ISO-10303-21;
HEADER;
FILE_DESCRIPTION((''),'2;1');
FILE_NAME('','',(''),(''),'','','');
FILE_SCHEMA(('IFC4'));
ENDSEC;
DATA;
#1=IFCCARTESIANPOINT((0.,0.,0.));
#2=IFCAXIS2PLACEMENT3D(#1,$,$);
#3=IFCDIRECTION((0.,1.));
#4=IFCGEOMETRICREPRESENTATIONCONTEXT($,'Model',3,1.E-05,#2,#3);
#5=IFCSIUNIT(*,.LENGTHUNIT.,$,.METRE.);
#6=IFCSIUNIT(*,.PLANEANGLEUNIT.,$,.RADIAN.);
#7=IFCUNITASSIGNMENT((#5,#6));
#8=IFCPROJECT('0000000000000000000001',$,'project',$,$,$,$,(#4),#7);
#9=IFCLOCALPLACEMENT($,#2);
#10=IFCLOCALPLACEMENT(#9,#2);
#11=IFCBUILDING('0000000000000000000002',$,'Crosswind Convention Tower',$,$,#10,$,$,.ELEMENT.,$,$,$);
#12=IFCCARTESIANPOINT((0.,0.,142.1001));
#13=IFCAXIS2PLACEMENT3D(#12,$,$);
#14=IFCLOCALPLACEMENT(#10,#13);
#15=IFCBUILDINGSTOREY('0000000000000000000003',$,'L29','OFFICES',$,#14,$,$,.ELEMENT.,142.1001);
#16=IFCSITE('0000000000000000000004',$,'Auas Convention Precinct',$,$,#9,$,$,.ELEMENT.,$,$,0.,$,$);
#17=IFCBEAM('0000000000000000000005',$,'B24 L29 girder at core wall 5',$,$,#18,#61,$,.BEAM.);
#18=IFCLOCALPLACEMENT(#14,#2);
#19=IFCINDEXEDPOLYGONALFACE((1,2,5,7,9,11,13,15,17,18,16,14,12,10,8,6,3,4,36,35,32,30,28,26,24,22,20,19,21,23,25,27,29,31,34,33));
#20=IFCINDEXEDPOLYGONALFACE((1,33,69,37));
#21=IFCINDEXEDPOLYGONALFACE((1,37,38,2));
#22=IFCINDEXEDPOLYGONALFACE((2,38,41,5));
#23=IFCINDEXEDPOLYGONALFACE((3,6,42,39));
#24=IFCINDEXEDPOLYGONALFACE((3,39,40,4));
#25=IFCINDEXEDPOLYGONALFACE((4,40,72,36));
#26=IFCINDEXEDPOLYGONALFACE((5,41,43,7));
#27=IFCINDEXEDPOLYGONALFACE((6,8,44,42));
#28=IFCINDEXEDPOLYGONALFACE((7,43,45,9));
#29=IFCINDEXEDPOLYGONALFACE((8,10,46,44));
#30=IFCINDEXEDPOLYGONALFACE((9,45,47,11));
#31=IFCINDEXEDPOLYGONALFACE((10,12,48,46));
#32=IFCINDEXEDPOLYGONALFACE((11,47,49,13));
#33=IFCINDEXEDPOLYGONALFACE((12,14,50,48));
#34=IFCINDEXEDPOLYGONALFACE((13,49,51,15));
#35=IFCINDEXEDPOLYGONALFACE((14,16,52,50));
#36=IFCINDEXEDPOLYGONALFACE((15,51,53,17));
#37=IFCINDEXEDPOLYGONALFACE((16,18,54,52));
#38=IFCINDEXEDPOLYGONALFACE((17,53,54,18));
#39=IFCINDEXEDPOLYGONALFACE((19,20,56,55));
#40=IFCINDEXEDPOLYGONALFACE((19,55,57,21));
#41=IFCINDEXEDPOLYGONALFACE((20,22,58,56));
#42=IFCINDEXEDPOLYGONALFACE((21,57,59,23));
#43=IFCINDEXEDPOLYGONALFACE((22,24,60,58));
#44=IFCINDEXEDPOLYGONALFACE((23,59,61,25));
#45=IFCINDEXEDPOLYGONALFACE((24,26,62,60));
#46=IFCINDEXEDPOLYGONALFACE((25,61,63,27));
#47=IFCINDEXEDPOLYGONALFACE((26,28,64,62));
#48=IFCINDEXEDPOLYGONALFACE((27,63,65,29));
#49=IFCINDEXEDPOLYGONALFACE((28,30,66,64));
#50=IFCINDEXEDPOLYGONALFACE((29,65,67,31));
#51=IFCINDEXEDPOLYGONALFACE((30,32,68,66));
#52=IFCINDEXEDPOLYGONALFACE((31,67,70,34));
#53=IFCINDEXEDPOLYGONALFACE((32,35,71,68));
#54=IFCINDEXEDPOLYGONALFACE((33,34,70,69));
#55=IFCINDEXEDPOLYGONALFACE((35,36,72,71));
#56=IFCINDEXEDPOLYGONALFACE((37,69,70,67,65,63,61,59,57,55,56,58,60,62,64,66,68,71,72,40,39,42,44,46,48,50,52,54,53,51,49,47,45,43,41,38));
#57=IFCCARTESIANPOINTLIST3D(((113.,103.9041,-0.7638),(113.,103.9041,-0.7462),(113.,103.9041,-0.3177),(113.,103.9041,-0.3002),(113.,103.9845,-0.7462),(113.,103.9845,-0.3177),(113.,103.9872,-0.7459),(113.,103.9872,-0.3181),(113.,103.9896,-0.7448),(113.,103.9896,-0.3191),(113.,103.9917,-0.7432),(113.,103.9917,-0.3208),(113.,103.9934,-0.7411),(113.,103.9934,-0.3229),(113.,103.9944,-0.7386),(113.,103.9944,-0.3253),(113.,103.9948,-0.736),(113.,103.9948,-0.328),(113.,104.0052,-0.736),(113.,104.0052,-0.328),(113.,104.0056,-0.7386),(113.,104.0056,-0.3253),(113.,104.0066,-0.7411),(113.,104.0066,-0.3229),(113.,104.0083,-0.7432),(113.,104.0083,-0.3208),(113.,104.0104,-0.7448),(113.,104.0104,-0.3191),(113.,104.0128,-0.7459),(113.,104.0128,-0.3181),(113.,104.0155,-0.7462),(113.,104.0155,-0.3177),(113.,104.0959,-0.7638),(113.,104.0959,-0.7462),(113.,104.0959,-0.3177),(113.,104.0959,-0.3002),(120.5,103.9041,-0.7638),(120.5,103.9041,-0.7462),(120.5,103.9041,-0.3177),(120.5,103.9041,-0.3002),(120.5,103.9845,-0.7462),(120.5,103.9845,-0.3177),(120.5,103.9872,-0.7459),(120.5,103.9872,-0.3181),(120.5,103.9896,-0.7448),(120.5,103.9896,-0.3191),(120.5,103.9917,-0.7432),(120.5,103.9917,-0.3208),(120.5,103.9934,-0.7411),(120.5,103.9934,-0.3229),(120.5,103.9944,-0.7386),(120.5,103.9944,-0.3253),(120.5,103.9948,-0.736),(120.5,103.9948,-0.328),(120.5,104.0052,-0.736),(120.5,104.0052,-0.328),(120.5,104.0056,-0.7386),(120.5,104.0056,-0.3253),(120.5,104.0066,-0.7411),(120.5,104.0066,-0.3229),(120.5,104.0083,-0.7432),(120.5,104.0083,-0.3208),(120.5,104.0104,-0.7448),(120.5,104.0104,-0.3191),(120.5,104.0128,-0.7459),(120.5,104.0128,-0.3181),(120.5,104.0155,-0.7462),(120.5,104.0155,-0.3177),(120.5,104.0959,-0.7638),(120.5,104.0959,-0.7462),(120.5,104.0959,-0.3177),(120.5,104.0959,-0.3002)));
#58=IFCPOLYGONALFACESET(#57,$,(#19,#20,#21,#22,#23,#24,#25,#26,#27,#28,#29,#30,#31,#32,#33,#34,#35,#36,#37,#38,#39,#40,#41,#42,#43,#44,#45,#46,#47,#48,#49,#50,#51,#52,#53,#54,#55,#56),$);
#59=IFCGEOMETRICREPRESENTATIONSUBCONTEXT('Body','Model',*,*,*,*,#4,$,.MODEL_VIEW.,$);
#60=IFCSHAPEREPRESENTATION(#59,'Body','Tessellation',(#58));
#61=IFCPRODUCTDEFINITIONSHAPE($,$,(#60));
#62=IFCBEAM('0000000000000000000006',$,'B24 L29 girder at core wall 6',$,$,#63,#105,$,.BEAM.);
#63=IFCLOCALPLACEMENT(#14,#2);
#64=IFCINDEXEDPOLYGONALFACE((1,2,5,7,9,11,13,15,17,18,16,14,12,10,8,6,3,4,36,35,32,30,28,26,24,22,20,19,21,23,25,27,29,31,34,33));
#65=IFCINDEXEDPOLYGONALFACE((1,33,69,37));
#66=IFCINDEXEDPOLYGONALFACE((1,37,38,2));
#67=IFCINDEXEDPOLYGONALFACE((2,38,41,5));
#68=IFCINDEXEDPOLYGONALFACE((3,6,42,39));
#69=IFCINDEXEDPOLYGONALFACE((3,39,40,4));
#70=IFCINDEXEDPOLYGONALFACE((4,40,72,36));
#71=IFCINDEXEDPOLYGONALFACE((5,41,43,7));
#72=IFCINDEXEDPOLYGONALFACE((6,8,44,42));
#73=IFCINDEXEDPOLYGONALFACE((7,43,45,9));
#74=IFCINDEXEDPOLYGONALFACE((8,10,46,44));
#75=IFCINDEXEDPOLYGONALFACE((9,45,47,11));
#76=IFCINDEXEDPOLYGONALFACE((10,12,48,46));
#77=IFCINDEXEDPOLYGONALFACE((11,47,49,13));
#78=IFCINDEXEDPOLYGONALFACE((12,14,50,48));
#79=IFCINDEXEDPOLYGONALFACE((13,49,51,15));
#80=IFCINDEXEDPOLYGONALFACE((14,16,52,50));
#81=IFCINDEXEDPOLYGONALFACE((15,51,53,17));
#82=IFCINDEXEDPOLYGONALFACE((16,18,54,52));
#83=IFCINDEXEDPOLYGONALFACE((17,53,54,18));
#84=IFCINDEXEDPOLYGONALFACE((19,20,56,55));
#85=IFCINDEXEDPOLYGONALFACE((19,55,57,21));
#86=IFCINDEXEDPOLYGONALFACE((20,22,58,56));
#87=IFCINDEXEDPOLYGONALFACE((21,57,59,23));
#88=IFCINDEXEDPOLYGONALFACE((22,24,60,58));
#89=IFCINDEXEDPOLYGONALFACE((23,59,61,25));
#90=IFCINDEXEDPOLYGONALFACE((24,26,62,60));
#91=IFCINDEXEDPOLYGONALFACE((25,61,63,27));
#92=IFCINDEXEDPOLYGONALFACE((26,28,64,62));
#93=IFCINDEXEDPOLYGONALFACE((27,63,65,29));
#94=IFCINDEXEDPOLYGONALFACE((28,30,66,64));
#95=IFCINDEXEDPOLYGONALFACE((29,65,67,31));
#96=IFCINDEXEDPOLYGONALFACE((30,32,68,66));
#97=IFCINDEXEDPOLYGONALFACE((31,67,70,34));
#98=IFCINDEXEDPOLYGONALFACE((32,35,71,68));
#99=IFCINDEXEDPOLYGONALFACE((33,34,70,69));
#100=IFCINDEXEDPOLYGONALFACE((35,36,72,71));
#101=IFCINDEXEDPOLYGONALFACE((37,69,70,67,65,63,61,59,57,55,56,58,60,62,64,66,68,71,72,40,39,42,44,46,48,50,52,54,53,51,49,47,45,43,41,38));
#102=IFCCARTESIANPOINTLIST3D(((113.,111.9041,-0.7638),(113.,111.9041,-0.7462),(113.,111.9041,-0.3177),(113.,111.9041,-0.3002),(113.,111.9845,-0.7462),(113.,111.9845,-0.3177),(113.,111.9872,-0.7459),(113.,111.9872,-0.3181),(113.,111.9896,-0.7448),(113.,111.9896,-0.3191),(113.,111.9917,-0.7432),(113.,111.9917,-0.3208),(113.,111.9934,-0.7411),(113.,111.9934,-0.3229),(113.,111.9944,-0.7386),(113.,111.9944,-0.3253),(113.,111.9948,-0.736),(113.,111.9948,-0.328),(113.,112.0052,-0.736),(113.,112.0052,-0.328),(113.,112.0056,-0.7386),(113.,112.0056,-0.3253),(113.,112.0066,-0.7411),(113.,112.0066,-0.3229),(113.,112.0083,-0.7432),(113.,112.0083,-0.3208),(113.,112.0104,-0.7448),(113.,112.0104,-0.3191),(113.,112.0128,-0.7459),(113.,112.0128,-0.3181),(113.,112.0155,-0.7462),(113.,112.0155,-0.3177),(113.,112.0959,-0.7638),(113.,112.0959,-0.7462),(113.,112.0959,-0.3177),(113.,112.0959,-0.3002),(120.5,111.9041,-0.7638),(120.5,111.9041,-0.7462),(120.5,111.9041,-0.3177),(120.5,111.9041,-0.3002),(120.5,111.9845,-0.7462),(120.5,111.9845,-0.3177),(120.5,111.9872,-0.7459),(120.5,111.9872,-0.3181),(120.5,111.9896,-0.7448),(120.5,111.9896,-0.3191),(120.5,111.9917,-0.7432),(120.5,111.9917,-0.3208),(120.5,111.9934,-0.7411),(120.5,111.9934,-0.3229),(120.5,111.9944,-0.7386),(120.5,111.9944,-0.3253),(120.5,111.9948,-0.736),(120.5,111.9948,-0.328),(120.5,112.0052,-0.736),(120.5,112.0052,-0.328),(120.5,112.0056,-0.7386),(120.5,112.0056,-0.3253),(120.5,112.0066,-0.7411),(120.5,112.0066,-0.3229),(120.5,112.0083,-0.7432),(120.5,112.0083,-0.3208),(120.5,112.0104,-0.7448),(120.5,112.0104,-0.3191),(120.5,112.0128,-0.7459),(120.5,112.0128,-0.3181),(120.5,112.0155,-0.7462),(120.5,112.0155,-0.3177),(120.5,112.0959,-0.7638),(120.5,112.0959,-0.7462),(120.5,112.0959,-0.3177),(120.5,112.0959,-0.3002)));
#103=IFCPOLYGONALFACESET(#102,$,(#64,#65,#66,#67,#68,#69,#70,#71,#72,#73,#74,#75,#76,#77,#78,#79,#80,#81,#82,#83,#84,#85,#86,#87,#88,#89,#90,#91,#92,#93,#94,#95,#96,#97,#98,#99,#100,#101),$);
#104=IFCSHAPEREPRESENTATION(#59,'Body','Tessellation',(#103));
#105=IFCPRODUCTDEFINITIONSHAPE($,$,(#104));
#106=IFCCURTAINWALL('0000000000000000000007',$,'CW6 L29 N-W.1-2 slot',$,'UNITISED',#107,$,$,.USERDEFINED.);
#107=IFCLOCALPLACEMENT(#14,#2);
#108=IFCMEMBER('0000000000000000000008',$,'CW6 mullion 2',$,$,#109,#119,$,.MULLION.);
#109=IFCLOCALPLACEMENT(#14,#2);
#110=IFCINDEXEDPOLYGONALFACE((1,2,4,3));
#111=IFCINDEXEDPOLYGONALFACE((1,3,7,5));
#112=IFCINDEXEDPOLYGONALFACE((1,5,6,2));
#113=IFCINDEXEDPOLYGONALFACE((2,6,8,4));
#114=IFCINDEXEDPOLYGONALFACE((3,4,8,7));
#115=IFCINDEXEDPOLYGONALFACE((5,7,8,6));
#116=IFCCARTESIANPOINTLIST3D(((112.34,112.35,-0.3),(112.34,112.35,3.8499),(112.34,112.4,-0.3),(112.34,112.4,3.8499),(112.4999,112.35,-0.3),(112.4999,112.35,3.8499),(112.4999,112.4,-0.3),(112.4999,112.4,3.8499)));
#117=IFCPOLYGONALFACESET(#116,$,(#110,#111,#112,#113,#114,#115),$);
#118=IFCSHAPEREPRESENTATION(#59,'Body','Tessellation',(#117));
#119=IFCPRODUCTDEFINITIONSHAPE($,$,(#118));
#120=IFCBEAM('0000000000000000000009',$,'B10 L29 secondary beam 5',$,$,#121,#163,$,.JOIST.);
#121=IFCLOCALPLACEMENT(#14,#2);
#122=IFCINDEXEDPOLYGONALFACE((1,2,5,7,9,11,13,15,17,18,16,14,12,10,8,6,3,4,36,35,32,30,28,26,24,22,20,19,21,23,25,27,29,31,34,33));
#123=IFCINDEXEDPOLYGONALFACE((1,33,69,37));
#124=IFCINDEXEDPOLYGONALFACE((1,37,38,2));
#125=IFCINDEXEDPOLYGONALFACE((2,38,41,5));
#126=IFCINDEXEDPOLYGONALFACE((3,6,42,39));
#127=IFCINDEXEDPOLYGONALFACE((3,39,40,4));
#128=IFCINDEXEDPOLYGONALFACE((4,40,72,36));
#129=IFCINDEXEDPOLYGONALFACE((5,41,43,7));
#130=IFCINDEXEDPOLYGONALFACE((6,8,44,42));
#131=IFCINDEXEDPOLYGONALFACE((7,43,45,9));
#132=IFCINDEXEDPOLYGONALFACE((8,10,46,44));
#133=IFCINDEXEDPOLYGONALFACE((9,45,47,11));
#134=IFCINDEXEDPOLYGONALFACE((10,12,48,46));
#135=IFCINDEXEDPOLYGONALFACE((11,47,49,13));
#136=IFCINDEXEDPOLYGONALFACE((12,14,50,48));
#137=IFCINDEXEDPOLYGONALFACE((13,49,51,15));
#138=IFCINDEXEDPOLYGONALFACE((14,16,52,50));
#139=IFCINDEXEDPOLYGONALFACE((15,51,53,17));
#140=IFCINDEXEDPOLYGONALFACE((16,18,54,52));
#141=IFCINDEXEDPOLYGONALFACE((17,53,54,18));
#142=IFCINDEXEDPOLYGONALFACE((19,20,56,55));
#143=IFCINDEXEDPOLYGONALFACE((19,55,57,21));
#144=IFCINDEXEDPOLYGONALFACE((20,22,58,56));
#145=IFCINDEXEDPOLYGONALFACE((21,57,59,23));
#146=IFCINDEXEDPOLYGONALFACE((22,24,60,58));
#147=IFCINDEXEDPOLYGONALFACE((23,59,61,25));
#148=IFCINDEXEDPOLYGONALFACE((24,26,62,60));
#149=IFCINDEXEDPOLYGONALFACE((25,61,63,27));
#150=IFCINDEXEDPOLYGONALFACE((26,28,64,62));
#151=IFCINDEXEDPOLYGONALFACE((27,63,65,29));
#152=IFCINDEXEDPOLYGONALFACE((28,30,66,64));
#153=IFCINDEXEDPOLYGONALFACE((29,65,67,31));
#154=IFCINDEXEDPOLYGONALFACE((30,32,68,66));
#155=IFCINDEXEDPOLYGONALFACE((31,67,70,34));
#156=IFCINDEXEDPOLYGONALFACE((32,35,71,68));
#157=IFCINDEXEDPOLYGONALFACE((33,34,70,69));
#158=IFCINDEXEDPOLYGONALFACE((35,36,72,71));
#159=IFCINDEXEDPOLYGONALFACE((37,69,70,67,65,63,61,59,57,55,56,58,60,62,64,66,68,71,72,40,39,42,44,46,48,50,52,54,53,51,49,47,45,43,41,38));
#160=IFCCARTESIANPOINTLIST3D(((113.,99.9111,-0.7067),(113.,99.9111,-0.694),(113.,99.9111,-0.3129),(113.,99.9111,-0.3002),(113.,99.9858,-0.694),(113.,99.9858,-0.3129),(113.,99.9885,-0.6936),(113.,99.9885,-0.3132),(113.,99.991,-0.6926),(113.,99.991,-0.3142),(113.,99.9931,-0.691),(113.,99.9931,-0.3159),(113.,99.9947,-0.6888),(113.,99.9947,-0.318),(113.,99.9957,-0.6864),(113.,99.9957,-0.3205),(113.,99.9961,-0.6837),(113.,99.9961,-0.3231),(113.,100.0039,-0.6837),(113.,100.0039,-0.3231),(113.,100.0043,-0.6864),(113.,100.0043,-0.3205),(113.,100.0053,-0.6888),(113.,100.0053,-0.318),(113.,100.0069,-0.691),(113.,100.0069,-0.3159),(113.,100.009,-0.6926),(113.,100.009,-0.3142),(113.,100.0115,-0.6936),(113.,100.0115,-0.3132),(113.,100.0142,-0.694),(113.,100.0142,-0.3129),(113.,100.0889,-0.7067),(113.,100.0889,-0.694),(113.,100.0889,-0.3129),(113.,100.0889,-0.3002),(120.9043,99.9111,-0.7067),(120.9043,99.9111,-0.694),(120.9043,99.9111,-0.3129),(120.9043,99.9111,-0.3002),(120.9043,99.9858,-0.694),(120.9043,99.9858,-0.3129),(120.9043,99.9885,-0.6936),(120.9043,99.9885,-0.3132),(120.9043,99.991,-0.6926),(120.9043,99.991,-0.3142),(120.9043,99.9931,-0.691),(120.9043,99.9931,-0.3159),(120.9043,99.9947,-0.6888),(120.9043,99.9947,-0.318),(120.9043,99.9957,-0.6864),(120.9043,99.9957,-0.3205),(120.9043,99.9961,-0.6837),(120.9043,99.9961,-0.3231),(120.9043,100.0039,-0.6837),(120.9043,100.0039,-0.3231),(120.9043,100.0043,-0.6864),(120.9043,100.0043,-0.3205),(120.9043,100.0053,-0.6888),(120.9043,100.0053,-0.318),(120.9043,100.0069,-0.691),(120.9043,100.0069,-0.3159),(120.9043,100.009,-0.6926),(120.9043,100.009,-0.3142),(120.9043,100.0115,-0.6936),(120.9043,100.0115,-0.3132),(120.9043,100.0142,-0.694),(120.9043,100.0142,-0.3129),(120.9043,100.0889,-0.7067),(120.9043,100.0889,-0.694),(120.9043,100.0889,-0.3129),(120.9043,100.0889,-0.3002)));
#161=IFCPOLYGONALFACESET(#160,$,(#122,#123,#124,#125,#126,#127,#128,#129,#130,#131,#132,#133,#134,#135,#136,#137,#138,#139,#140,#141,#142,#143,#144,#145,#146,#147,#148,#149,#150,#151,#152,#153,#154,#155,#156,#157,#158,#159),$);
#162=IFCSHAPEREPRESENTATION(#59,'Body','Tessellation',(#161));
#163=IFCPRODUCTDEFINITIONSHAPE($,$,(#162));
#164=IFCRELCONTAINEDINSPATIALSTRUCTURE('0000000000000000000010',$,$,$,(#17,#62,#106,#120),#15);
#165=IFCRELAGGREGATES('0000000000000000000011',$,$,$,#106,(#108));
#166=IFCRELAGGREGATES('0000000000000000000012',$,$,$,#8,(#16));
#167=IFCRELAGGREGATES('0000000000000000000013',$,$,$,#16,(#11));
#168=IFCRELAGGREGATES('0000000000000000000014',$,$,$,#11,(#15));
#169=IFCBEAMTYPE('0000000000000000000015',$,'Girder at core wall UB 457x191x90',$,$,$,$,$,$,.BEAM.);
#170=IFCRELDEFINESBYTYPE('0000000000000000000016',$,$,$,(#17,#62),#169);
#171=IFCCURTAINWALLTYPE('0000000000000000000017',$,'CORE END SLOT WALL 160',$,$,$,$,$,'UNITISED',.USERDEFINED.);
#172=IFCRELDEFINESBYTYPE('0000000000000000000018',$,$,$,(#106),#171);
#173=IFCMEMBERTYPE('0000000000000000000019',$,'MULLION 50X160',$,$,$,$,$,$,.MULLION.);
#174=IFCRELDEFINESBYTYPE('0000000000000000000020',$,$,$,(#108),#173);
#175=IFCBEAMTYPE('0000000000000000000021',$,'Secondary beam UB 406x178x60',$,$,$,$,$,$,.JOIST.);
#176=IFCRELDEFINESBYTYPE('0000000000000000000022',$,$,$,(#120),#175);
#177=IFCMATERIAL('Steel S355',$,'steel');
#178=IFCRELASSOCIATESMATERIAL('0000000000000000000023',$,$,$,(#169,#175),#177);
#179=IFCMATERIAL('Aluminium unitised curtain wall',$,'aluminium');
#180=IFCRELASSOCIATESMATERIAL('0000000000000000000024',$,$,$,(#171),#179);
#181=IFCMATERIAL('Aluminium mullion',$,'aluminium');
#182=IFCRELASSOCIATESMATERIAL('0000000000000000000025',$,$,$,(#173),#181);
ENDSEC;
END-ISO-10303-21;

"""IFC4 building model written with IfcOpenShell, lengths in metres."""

from ifc_helpers import new_model, si_unit, direction, frame, origin, origin_2d, place, context, subcontext, project, spatial, rectangle, i_section, extrude, material, material_profile, profile_set, type_object, element, aggregate, save


model = new_model("IFC4")

# Units and contexts
model_context = context("Model", 3, precision=1e-05, world=origin(), true_north=direction((0.0, 1.0)))
body_context = subcontext(model_context, "Body", "Model", "MODEL_VIEW")
ifc_project = project(units=[si_unit("LENGTHUNIT", "METRE"), si_unit("PLANEANGLEUNIT", "RADIAN")], contexts=[model_context])

# Site, building, storey
site_placement = place(None, origin())
site = spatial("IfcSite", under=ifc_project, at=site_placement, Name="Auas Convention Precinct", CompositionType="ELEMENT", RefElevation=0.0)
building_placement = place(site_placement, origin())
building = spatial("IfcBuilding", under=site, at=building_placement, Name="Crosswind Convention Tower", CompositionType="ELEMENT")
storey_placement = place(building_placement, frame((0.0, 0.0, 142.1001)))
storey = spatial("IfcBuildingStorey", under=building, at=storey_placement, Name="L29", Description="OFFICES", CompositionType="ELEMENT", Elevation=142.1001)

# Beams
ifc_material_1 = material(Name="Steel S355", Category="steel")
ifc_material_profile_1 = material_profile(ifc_material_1, i_section(OverallWidth=0.1919, OverallDepth=0.4636, WebThickness=0.0105, FlangeThickness=0.0176, FilletRadius=0.0103, at=origin_2d()), Name="UB 457x191x90")
ifc_profile_set_1 = profile_set([ifc_material_profile_1], Name="Steel S355")
beam_type_1 = type_object("IfcBeamType", Name="Girder at core wall UB 457x191x90", PredefinedType="BEAM", material=ifc_profile_set_1)
for number, where, z_axis, x_axis, name in (
    (1, (113.0, 104.0, -0.532), (1.0, 0.0, 0.0), (0.0, 1.0, 0.0), "B24 L29 girder at core wall 5"),
    (2, (113.0, 112.0, -0.532), (1.0, 0.0, 0.0), (0.0, 1.0, 0.0), "B24 L29 girder at core wall 6"),
):
    element("IfcBeam", number, at=place(storey_placement, frame(where, z_axis=z_axis, x_axis=x_axis)), inside=storey, type_object=beam_type_1, Name=name, PredefinedType="BEAM", context=body_context, shape_type="SweptSolid", body=[
        extrude(i_section(OverallWidth=0.1919, OverallDepth=0.4636, WebThickness=0.0105, FlangeThickness=0.0176, FilletRadius=0.0103, at=origin_2d()), origin(), (0.0, 0.0, 1.0), 7.5),
    ])

# Curtain wall, member
ifc_material_2 = material(Name="Aluminium unitised curtain wall", Category="aluminium")
curtain_wall_type = type_object("IfcCurtainWallType", Name="CORE END SLOT WALL 160", ElementType="UNITISED", PredefinedType="USERDEFINED", material=ifc_material_2)
curtain_wall_placement = place(storey_placement, origin())
curtain_wall = element("IfcCurtainWall", 3, at=curtain_wall_placement, inside=storey, type_object=curtain_wall_type, Name="CW6 L29 N-W.1-2 slot", ObjectType="UNITISED", PredefinedType="USERDEFINED")
ifc_material_3 = material(Name="Aluminium mullion", Category="aluminium")
ifc_material_profile_2 = material_profile(ifc_material_3, rectangle(XDim=0.1599, YDim=0.05, at=origin_2d()), Name="AL 160X50")
ifc_profile_set_2 = profile_set([ifc_material_profile_2], Name="Aluminium mullion")
member_type = type_object("IfcMemberType", Name="MULLION 50X160", PredefinedType="MULLION", material=ifc_profile_set_2)
member_placement = place(storey_placement, frame((112.4199, 112.375, -0.3), z_axis=(0.0, 0.0, 1.0), x_axis=(-1.0, 0.0, 0.0)))
member = element("IfcMember", 4, at=member_placement, type_object=member_type, Name="CW6 mullion 2", PredefinedType="MULLION", context=body_context, shape_type="SweptSolid", body=[
    extrude(rectangle(XDim=0.1599, YDim=0.05, at=origin_2d()), origin(), (0.0, 0.0, 1.0), 4.1499),
])
aggregate(curtain_wall, [member])

# Beam
ifc_material_profile_3 = material_profile(ifc_material_1, i_section(OverallWidth=0.1777, OverallDepth=0.4065, WebThickness=0.0078, FlangeThickness=0.0127, FilletRadius=0.0103, at=origin_2d()), Name="UB 406x178x60")
ifc_profile_set_3 = profile_set([ifc_material_profile_3], Name="Steel S355")
beam_type_2 = type_object("IfcBeamType", Name="Secondary beam UB 406x178x60", PredefinedType="JOIST", material=ifc_profile_set_3)
for number, where, z_axis, x_axis, name in (
    (5, (113.0, 100.0, -0.5034), (1.0, 0.0, 0.0), (0.0, 1.0, 0.0), "B10 L29 secondary beam 5"),
):
    element("IfcBeam", number, at=place(storey_placement, frame(where, z_axis=z_axis, x_axis=x_axis)), inside=storey, type_object=beam_type_2, Name=name, PredefinedType="JOIST", context=body_context, shape_type="SweptSolid", body=[
        extrude(i_section(OverallWidth=0.1777, OverallDepth=0.4065, WebThickness=0.0078, FlangeThickness=0.0127, FilletRadius=0.0103, at=origin_2d()), origin(), (0.0, 0.0, 1.0), 7.9043),
    ])

save(model, "model.ifc")
